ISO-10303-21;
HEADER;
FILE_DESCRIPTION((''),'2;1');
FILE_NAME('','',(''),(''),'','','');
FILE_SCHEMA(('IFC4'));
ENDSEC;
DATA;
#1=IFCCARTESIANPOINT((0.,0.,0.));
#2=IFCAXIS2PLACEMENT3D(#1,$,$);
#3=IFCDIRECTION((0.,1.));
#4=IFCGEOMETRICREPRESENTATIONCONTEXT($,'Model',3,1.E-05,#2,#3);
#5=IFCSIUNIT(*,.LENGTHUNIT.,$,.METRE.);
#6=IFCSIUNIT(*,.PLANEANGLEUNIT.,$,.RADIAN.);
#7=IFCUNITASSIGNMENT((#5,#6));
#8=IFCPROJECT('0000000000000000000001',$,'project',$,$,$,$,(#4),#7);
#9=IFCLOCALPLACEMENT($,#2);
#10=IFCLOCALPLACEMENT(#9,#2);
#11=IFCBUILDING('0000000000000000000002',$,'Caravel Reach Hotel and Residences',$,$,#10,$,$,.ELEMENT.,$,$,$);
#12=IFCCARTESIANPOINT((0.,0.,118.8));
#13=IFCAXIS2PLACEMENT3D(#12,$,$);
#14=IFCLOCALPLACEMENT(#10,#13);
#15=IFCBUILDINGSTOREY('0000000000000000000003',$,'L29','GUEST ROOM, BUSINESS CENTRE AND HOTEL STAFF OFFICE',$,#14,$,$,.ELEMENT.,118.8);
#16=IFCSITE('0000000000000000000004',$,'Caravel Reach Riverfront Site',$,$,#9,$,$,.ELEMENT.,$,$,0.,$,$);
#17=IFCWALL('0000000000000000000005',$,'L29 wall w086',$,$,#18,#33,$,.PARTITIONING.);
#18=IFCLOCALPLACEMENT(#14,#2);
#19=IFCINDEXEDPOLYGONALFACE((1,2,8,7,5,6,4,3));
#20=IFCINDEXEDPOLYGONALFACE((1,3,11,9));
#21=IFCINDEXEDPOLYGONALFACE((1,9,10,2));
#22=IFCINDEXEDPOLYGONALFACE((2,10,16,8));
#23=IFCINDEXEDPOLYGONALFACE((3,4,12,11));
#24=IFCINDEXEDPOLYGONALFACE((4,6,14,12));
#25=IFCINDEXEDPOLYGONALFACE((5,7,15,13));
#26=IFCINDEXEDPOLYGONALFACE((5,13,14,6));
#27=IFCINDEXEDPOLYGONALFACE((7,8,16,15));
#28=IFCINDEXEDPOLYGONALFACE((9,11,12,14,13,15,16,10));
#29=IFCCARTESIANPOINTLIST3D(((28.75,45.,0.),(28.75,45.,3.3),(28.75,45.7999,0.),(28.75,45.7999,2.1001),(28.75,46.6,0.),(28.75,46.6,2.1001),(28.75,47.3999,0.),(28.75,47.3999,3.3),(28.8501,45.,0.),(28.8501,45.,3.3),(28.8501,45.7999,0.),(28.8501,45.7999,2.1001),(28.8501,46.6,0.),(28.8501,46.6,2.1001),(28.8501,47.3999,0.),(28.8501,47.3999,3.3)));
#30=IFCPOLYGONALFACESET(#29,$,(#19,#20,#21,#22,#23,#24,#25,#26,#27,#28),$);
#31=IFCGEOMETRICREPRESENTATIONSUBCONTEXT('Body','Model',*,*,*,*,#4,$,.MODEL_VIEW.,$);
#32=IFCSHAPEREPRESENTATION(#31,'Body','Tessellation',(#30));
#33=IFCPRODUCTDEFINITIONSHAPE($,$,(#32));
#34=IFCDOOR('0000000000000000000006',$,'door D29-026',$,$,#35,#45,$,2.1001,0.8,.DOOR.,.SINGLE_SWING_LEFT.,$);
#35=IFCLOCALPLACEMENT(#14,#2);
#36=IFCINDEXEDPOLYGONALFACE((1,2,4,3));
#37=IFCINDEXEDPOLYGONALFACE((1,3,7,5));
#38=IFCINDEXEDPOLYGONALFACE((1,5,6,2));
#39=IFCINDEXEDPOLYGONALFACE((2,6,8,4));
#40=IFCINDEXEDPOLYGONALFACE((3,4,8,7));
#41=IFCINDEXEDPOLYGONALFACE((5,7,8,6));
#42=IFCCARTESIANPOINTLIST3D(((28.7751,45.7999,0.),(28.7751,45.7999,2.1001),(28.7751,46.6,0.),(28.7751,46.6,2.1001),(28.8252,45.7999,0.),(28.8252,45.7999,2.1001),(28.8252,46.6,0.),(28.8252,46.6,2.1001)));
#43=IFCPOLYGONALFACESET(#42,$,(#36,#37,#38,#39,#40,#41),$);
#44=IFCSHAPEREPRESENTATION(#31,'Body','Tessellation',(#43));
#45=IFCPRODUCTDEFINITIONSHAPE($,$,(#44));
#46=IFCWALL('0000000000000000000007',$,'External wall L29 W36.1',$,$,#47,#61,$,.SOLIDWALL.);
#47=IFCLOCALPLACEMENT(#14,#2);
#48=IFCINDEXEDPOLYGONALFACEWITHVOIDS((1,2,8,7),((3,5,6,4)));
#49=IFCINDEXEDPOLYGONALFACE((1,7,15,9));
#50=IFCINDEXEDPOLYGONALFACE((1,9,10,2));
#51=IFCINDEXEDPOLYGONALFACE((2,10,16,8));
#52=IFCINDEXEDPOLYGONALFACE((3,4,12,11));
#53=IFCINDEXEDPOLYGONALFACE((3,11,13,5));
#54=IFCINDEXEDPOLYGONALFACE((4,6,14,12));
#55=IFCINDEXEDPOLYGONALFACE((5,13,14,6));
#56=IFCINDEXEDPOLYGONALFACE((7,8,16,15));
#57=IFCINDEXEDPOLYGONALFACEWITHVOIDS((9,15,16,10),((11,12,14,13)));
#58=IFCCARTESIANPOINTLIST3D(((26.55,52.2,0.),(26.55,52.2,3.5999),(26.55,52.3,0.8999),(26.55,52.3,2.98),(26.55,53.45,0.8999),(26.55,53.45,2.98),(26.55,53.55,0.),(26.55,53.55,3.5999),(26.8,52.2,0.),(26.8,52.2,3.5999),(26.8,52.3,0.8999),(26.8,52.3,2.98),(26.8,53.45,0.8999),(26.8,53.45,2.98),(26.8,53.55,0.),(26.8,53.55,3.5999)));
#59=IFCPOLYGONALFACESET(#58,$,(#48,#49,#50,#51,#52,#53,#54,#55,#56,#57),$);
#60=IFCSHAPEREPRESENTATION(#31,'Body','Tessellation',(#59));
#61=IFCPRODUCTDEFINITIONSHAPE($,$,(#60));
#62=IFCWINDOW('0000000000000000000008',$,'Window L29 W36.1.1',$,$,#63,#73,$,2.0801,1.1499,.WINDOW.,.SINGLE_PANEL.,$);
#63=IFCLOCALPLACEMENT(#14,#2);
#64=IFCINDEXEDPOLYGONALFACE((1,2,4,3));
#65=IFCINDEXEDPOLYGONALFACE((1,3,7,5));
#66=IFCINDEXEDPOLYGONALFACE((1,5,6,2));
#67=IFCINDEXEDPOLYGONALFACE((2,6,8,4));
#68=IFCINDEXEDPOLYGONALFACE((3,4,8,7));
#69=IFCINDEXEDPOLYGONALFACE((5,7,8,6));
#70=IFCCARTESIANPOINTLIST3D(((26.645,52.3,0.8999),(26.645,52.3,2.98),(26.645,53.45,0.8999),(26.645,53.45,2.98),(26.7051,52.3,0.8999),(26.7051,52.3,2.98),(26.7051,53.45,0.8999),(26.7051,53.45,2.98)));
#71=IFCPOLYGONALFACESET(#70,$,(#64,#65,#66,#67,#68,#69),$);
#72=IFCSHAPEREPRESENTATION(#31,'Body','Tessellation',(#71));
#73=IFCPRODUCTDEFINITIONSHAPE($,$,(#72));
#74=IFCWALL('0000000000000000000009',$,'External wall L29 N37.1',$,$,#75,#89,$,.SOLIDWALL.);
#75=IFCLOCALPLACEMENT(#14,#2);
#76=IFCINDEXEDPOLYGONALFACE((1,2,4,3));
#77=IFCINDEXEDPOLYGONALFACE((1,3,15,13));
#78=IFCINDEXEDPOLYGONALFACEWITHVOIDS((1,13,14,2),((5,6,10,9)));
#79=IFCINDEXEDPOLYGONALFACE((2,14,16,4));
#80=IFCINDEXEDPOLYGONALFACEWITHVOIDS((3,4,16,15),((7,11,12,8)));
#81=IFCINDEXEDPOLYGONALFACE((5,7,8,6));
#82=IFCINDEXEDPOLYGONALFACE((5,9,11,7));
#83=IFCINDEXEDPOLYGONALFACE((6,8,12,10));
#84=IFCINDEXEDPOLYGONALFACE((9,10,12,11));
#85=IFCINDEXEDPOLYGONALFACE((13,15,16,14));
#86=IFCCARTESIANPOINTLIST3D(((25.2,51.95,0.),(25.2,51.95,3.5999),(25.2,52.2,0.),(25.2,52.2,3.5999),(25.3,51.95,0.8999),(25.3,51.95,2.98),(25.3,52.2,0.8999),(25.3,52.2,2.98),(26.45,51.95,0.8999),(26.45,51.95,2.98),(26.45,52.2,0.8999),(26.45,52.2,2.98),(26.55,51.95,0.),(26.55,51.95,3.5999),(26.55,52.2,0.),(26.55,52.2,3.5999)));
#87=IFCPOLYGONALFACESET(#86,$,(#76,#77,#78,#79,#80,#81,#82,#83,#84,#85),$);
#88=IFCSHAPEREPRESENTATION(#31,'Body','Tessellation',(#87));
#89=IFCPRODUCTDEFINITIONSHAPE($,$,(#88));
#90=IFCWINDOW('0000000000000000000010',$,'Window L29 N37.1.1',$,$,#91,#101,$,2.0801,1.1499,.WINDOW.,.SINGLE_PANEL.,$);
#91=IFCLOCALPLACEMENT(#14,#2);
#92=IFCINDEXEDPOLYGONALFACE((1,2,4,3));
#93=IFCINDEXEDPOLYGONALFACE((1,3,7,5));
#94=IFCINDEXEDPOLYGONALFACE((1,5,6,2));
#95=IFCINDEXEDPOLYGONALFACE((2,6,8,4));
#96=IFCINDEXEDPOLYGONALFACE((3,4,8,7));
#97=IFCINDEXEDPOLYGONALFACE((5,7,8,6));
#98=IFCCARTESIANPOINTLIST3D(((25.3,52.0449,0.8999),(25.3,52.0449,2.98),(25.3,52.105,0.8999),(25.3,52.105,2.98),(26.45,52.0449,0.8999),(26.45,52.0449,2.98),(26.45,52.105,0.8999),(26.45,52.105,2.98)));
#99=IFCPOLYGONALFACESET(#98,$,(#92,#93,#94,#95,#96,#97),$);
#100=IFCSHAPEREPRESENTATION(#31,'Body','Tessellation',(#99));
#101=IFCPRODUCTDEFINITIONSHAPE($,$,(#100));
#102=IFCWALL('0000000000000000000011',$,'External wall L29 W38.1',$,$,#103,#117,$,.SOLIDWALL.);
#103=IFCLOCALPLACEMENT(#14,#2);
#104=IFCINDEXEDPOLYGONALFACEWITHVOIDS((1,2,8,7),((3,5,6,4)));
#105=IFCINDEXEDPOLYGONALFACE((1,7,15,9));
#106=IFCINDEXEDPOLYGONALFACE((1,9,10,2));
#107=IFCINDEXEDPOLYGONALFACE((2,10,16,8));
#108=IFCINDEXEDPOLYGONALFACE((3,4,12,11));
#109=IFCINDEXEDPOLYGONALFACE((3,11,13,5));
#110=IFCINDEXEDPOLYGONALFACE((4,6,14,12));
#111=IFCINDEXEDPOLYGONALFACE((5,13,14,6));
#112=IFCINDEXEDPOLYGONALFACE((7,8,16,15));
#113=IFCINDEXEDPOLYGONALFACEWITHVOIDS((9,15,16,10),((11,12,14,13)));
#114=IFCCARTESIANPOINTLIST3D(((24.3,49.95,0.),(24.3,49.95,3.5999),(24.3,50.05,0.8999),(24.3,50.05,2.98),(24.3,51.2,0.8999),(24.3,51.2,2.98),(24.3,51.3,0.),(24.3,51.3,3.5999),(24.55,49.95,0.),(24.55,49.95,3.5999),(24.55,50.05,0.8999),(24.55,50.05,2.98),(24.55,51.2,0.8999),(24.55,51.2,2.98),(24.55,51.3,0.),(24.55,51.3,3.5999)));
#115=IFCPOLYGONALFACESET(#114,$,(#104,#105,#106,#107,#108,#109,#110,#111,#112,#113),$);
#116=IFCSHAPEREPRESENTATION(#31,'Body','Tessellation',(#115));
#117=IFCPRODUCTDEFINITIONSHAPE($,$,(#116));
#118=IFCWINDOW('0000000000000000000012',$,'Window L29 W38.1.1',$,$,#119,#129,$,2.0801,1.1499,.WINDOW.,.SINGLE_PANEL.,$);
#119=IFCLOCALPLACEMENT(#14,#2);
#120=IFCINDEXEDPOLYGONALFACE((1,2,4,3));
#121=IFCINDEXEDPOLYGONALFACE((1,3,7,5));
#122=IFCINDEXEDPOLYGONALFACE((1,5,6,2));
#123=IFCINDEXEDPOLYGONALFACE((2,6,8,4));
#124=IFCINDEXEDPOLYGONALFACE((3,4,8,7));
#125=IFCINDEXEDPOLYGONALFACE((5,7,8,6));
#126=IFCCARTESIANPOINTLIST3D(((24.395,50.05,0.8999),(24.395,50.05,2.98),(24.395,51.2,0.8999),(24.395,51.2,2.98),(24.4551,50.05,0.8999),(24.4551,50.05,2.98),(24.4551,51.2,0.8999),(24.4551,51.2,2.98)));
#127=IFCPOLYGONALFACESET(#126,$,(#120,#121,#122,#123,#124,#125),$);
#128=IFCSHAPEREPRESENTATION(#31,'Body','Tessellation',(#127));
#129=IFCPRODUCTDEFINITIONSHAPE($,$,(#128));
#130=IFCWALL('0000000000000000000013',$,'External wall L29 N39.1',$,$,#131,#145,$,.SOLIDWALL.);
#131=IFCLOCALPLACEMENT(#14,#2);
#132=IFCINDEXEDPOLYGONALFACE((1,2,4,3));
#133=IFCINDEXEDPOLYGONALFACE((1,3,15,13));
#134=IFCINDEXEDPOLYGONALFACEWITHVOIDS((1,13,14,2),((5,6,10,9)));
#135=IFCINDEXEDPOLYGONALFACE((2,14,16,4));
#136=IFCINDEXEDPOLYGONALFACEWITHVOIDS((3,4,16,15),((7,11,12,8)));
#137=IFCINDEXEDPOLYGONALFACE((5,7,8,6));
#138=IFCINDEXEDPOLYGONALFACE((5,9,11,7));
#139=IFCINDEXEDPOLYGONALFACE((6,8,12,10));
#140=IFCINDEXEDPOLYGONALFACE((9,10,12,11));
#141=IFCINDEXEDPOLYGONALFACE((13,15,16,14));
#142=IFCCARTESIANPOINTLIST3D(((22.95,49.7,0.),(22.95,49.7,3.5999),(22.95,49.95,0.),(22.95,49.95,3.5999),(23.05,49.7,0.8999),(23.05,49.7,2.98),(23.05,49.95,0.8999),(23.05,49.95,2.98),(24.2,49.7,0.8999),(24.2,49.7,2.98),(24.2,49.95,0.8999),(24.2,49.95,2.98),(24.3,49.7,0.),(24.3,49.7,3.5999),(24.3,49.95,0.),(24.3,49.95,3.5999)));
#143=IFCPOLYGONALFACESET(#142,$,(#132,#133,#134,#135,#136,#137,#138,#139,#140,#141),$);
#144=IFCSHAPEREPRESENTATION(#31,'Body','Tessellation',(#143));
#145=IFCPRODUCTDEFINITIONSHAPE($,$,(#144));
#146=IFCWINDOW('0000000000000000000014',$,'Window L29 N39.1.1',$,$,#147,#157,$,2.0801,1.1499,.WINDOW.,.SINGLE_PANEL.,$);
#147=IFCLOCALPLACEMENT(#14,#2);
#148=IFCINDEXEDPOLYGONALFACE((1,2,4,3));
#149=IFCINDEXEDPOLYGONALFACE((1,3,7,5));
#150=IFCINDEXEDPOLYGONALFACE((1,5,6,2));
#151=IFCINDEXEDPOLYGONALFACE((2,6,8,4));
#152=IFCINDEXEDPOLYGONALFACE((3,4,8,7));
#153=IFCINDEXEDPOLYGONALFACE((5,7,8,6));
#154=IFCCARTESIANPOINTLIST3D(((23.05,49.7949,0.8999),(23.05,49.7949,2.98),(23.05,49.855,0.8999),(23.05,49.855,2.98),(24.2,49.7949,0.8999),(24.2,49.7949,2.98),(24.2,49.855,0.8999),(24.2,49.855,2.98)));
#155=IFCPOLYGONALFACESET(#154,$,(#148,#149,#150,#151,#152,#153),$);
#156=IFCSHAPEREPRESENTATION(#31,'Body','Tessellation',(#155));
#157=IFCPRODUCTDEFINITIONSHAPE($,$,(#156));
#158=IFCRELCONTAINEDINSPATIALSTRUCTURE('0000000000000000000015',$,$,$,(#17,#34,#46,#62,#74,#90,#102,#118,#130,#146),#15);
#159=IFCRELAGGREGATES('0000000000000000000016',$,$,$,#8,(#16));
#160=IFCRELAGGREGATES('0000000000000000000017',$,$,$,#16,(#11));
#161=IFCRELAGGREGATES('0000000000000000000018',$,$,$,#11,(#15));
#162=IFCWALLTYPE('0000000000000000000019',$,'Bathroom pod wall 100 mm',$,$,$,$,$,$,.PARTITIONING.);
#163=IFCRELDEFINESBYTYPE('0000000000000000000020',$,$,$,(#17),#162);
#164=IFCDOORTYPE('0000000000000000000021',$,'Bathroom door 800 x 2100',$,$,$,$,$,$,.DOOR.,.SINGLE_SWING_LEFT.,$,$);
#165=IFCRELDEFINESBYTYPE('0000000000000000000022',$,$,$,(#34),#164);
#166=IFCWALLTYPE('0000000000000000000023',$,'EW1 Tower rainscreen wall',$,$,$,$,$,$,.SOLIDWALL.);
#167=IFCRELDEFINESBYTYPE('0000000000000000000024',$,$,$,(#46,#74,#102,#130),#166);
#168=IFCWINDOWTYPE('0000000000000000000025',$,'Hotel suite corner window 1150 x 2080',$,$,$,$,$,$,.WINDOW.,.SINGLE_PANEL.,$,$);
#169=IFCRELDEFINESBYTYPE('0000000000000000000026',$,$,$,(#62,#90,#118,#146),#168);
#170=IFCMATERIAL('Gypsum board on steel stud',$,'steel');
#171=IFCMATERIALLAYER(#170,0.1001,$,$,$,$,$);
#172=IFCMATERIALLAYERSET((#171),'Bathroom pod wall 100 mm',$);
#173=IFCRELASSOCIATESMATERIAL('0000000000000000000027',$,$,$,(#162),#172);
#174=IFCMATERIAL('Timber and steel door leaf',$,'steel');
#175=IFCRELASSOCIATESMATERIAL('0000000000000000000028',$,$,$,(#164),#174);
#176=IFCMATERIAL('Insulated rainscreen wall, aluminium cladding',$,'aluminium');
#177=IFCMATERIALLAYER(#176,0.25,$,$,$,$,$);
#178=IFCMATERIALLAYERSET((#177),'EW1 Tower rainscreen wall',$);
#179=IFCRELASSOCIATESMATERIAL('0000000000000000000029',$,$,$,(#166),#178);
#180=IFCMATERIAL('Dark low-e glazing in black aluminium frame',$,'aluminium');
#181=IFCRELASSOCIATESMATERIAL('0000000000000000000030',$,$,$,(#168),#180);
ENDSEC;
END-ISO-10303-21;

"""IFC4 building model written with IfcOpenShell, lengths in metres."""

from ifc_helpers import new_model, si_unit, direction, frame, frame_2d, origin, place, context, subcontext, project, spatial, rectangle, extrude, material, layer, layer_set, type_object, element, fill, save


model = new_model("IFC4")

# Units and contexts
model_context = context("Model", 3, precision=1e-05, world=origin(), true_north=direction((0.0, 1.0)))
body_context = subcontext(model_context, "Body", "Model", "MODEL_VIEW")
ifc_project = project(units=[si_unit("LENGTHUNIT", "METRE"), si_unit("PLANEANGLEUNIT", "RADIAN")], contexts=[model_context])

# Site, building, storey
site_placement = place(None, origin())
site = spatial("IfcSite", under=ifc_project, at=site_placement, Name="Caravel Reach Riverfront Site", CompositionType="ELEMENT", RefElevation=0.0)
building_placement = place(site_placement, origin())
building = spatial("IfcBuilding", under=site, at=building_placement, Name="Caravel Reach Hotel and Residences", CompositionType="ELEMENT")
storey_placement = place(building_placement, frame((0.0, 0.0, 118.8)))
storey = spatial("IfcBuildingStorey", under=building, at=storey_placement, Name="L29", Description="GUEST ROOM, BUSINESS CENTRE AND HOTEL STAFF OFFICE", CompositionType="ELEMENT", Elevation=118.8)

# Shared definitions
ifc_material_1 = material(Name="Gypsum board on steel stud", Category="steel")
ifc_layer_1 = layer(ifc_material_1, 0.1001)
ifc_layer_set_1 = layer_set([ifc_layer_1], Name="Bathroom pod wall 100 mm")
wall_type_1 = type_object("IfcWallType", Name="Bathroom pod wall 100 mm", PredefinedType="PARTITIONING", material=ifc_layer_set_1)

# Wall, opening, door
wall_1_placement = place(storey_placement, frame((28.8, 45.0, 0.0), z_axis=(0.0, 0.0, 1.0), x_axis=(0.0, 1.0, 0.0)))
wall_1 = element("IfcWall", 1, at=wall_1_placement, inside=storey, type_object=wall_type_1, Name="L29 wall w086", PredefinedType="PARTITIONING", context=body_context, shape_type="SweptSolid", body=[
    extrude(rectangle(XDim=2.3999, YDim=0.1001, at=frame_2d((1.2, 0.0))), origin(), (0.0, 0.0, 1.0), 3.3),
])
opening_1_placement = place(wall_1_placement, frame((0.8, 0.0, 0.0)))
opening_1 = element("IfcOpeningElement", 2, at=opening_1_placement, cuts=wall_1, PredefinedType="OPENING", context=body_context, shape_type="SweptSolid", body=[
    extrude(rectangle(XDim=0.8, YDim=2.1001, at=frame_2d((0.3999, 1.05))), frame((0.0, 0.0601, 0.0), z_axis=(0.0, -1.0, 0.0), x_axis=(1.0, 0.0, 0.0)), (0.0, 0.0, 1.0), 0.1201),
])
ifc_material_2 = material(Name="Timber and steel door leaf", Category="steel")
door_type_1 = type_object("IfcDoorType", Name="Bathroom door 800 x 2100", OperationType="SINGLE_SWING_LEFT", PredefinedType="DOOR", material=ifc_material_2)
door_1_placement = place(opening_1_placement, origin())
door_1 = element("IfcDoor", 3, at=door_1_placement, inside=storey, type_object=door_type_1, Name="door D29-026", OperationType="SINGLE_SWING_LEFT", OverallHeight=2.1001, OverallWidth=0.8, PredefinedType="DOOR", context=body_context, shape_type="SweptSolid", body=[
    extrude(rectangle(XDim=0.8, YDim=2.1001, at=frame_2d((0.3999, 1.05))), frame((0.0, 0.0249, 0.0), z_axis=(0.0, -1.0, 0.0), x_axis=(1.0, 0.0, 0.0)), (0.0, 0.0, 1.0), 0.05),
])
fill(opening_1, door_1)

# Walls, openings, windows
ifc_material_3 = material(Name="Insulated rainscreen wall, aluminium cladding", Category="aluminium")
ifc_layer_2 = layer(ifc_material_3, 0.25)
ifc_layer_set_2 = layer_set([ifc_layer_2], Name="EW1 Tower rainscreen wall")
wall_type_2 = type_object("IfcWallType", Name="EW1 Tower rainscreen wall", PredefinedType="SOLIDWALL", material=ifc_layer_set_2)
wall_2_placement = place(storey_placement, frame((26.675, 53.55, 0.0), z_axis=(0.0, 0.0, 1.0), x_axis=(0.0, -1.0, 0.0)))
wall_2 = element("IfcWall", 4, at=wall_2_placement, inside=storey, type_object=wall_type_2, Name="External wall L29 W36.1", PredefinedType="SOLIDWALL", context=body_context, shape_type="SweptSolid", body=[
    extrude(rectangle(XDim=1.3501, YDim=0.25, at=frame_2d((0.675, 0.0))), origin(), (0.0, 0.0, 1.0), 3.5999),
])
opening_2_placement = place(wall_2_placement, frame((0.1001, 0.0, 0.8999)))
opening_2 = element("IfcOpeningElement", 5, at=opening_2_placement, cuts=wall_2, PredefinedType="OPENING", context=body_context, shape_type="SweptSolid", body=[
    extrude(rectangle(XDim=1.1499, YDim=2.0801, at=frame_2d((0.575, 1.04))), frame((0.0, 0.135, 0.0), z_axis=(0.0, -1.0, 0.0), x_axis=(1.0, 0.0, 0.0)), (0.0, 0.0, 1.0), 0.27),
])
ifc_material_4 = material(Name="Dark low-e glazing in black aluminium frame", Category="aluminium")
window_type_1 = type_object("IfcWindowType", Name="Hotel suite corner window 1150 x 2080", PartitioningType="SINGLE_PANEL", PredefinedType="WINDOW", material=ifc_material_4)
window_1_placement = place(opening_2_placement, origin())
window_1 = element("IfcWindow", 6, at=window_1_placement, inside=storey, type_object=window_type_1, Name="Window L29 W36.1.1", OverallHeight=2.0801, OverallWidth=1.1499, PartitioningType="SINGLE_PANEL", PredefinedType="WINDOW", context=body_context, shape_type="SweptSolid", body=[
    extrude(rectangle(XDim=1.1499, YDim=2.0801, at=frame_2d((0.575, 1.04))), frame((0.0, 0.03, 0.0), z_axis=(0.0, -1.0, 0.0), x_axis=(1.0, 0.0, 0.0)), (0.0, 0.0, 1.0), 0.0601),
])
fill(opening_2, window_1)
wall_3_placement = place(storey_placement, frame((26.55, 52.075, 0.0), z_axis=(0.0, 0.0, 1.0), x_axis=(-1.0, 0.0, 0.0)))
wall_3 = element("IfcWall", 7, at=wall_3_placement, inside=storey, type_object=wall_type_2, Name="External wall L29 N37.1", PredefinedType="SOLIDWALL", context=body_context, shape_type="SweptSolid", body=[
    extrude(rectangle(XDim=1.3501, YDim=0.25, at=frame_2d((0.675, 0.0))), origin(), (0.0, 0.0, 1.0), 3.5999),
])
opening_3_placement = place(wall_3_placement, frame((0.1001, 0.0, 0.8999)))
opening_3 = element("IfcOpeningElement", 8, at=opening_3_placement, cuts=wall_3, PredefinedType="OPENING", context=body_context, shape_type="SweptSolid", body=[
    extrude(rectangle(XDim=1.1499, YDim=2.0801, at=frame_2d((0.575, 1.04))), frame((0.0, 0.135, 0.0), z_axis=(0.0, -1.0, 0.0), x_axis=(1.0, 0.0, 0.0)), (0.0, 0.0, 1.0), 0.27),
])
window_2_placement = place(opening_3_placement, origin())
window_2 = element("IfcWindow", 9, at=window_2_placement, inside=storey, type_object=window_type_1, Name="Window L29 N37.1.1", OverallHeight=2.0801, OverallWidth=1.1499, PartitioningType="SINGLE_PANEL", PredefinedType="WINDOW", context=body_context, shape_type="SweptSolid", body=[
    extrude(rectangle(XDim=1.1499, YDim=2.0801, at=frame_2d((0.575, 1.04))), frame((0.0, 0.03, 0.0), z_axis=(0.0, -1.0, 0.0), x_axis=(1.0, 0.0, 0.0)), (0.0, 0.0, 1.0), 0.0601),
])
fill(opening_3, window_2)
wall_4_placement = place(storey_placement, frame((24.425, 51.3, 0.0), z_axis=(0.0, 0.0, 1.0), x_axis=(0.0, -1.0, 0.0)))
wall_4 = element("IfcWall", 10, at=wall_4_placement, inside=storey, type_object=wall_type_2, Name="External wall L29 W38.1", PredefinedType="SOLIDWALL", context=body_context, shape_type="SweptSolid", body=[
    extrude(rectangle(XDim=1.3501, YDim=0.25, at=frame_2d((0.675, 0.0))), origin(), (0.0, 0.0, 1.0), 3.5999),
])
opening_4_placement = place(wall_4_placement, frame((0.1001, 0.0, 0.8999)))
opening_4 = element("IfcOpeningElement", 11, at=opening_4_placement, cuts=wall_4, PredefinedType="OPENING", context=body_context, shape_type="SweptSolid", body=[
    extrude(rectangle(XDim=1.1499, YDim=2.0801, at=frame_2d((0.575, 1.04))), frame((0.0, 0.135, 0.0), z_axis=(0.0, -1.0, 0.0), x_axis=(1.0, 0.0, 0.0)), (0.0, 0.0, 1.0), 0.27),
])
window_3_placement = place(opening_4_placement, origin())
window_3 = element("IfcWindow", 12, at=window_3_placement, inside=storey, type_object=window_type_1, Name="Window L29 W38.1.1", OverallHeight=2.0801, OverallWidth=1.1499, PartitioningType="SINGLE_PANEL", PredefinedType="WINDOW", context=body_context, shape_type="SweptSolid", body=[
    extrude(rectangle(XDim=1.1499, YDim=2.0801, at=frame_2d((0.575, 1.04))), frame((0.0, 0.03, 0.0), z_axis=(0.0, -1.0, 0.0), x_axis=(1.0, 0.0, 0.0)), (0.0, 0.0, 1.0), 0.0601),
])
fill(opening_4, window_3)
wall_5_placement = place(storey_placement, frame((24.3, 49.825, 0.0), z_axis=(0.0, 0.0, 1.0), x_axis=(-1.0, 0.0, 0.0)))
wall_5 = element("IfcWall", 13, at=wall_5_placement, inside=storey, type_object=wall_type_2, Name="External wall L29 N39.1", PredefinedType="SOLIDWALL", context=body_context, shape_type="SweptSolid", body=[
    extrude(rectangle(XDim=1.3501, YDim=0.25, at=frame_2d((0.675, 0.0))), origin(), (0.0, 0.0, 1.0), 3.5999),
])
opening_5_placement = place(wall_5_placement, frame((0.1001, 0.0, 0.8999)))
opening_5 = element("IfcOpeningElement", 14, at=opening_5_placement, cuts=wall_5, PredefinedType="OPENING", context=body_context, shape_type="SweptSolid", body=[
    extrude(rectangle(XDim=1.1499, YDim=2.0801, at=frame_2d((0.575, 1.04))), frame((0.0, 0.135, 0.0), z_axis=(0.0, -1.0, 0.0), x_axis=(1.0, 0.0, 0.0)), (0.0, 0.0, 1.0), 0.27),
])
window_4_placement = place(opening_5_placement, origin())
window_4 = element("IfcWindow", 15, at=window_4_placement, inside=storey, type_object=window_type_1, Name="Window L29 N39.1.1", OverallHeight=2.0801, OverallWidth=1.1499, PartitioningType="SINGLE_PANEL", PredefinedType="WINDOW", context=body_context, shape_type="SweptSolid", body=[
    extrude(rectangle(XDim=1.1499, YDim=2.0801, at=frame_2d((0.575, 1.04))), frame((0.0, 0.03, 0.0), z_axis=(0.0, -1.0, 0.0), x_axis=(1.0, 0.0, 0.0)), (0.0, 0.0, 1.0), 0.0601),
])
fill(opening_5, window_4)

save(model, "model.ifc")
